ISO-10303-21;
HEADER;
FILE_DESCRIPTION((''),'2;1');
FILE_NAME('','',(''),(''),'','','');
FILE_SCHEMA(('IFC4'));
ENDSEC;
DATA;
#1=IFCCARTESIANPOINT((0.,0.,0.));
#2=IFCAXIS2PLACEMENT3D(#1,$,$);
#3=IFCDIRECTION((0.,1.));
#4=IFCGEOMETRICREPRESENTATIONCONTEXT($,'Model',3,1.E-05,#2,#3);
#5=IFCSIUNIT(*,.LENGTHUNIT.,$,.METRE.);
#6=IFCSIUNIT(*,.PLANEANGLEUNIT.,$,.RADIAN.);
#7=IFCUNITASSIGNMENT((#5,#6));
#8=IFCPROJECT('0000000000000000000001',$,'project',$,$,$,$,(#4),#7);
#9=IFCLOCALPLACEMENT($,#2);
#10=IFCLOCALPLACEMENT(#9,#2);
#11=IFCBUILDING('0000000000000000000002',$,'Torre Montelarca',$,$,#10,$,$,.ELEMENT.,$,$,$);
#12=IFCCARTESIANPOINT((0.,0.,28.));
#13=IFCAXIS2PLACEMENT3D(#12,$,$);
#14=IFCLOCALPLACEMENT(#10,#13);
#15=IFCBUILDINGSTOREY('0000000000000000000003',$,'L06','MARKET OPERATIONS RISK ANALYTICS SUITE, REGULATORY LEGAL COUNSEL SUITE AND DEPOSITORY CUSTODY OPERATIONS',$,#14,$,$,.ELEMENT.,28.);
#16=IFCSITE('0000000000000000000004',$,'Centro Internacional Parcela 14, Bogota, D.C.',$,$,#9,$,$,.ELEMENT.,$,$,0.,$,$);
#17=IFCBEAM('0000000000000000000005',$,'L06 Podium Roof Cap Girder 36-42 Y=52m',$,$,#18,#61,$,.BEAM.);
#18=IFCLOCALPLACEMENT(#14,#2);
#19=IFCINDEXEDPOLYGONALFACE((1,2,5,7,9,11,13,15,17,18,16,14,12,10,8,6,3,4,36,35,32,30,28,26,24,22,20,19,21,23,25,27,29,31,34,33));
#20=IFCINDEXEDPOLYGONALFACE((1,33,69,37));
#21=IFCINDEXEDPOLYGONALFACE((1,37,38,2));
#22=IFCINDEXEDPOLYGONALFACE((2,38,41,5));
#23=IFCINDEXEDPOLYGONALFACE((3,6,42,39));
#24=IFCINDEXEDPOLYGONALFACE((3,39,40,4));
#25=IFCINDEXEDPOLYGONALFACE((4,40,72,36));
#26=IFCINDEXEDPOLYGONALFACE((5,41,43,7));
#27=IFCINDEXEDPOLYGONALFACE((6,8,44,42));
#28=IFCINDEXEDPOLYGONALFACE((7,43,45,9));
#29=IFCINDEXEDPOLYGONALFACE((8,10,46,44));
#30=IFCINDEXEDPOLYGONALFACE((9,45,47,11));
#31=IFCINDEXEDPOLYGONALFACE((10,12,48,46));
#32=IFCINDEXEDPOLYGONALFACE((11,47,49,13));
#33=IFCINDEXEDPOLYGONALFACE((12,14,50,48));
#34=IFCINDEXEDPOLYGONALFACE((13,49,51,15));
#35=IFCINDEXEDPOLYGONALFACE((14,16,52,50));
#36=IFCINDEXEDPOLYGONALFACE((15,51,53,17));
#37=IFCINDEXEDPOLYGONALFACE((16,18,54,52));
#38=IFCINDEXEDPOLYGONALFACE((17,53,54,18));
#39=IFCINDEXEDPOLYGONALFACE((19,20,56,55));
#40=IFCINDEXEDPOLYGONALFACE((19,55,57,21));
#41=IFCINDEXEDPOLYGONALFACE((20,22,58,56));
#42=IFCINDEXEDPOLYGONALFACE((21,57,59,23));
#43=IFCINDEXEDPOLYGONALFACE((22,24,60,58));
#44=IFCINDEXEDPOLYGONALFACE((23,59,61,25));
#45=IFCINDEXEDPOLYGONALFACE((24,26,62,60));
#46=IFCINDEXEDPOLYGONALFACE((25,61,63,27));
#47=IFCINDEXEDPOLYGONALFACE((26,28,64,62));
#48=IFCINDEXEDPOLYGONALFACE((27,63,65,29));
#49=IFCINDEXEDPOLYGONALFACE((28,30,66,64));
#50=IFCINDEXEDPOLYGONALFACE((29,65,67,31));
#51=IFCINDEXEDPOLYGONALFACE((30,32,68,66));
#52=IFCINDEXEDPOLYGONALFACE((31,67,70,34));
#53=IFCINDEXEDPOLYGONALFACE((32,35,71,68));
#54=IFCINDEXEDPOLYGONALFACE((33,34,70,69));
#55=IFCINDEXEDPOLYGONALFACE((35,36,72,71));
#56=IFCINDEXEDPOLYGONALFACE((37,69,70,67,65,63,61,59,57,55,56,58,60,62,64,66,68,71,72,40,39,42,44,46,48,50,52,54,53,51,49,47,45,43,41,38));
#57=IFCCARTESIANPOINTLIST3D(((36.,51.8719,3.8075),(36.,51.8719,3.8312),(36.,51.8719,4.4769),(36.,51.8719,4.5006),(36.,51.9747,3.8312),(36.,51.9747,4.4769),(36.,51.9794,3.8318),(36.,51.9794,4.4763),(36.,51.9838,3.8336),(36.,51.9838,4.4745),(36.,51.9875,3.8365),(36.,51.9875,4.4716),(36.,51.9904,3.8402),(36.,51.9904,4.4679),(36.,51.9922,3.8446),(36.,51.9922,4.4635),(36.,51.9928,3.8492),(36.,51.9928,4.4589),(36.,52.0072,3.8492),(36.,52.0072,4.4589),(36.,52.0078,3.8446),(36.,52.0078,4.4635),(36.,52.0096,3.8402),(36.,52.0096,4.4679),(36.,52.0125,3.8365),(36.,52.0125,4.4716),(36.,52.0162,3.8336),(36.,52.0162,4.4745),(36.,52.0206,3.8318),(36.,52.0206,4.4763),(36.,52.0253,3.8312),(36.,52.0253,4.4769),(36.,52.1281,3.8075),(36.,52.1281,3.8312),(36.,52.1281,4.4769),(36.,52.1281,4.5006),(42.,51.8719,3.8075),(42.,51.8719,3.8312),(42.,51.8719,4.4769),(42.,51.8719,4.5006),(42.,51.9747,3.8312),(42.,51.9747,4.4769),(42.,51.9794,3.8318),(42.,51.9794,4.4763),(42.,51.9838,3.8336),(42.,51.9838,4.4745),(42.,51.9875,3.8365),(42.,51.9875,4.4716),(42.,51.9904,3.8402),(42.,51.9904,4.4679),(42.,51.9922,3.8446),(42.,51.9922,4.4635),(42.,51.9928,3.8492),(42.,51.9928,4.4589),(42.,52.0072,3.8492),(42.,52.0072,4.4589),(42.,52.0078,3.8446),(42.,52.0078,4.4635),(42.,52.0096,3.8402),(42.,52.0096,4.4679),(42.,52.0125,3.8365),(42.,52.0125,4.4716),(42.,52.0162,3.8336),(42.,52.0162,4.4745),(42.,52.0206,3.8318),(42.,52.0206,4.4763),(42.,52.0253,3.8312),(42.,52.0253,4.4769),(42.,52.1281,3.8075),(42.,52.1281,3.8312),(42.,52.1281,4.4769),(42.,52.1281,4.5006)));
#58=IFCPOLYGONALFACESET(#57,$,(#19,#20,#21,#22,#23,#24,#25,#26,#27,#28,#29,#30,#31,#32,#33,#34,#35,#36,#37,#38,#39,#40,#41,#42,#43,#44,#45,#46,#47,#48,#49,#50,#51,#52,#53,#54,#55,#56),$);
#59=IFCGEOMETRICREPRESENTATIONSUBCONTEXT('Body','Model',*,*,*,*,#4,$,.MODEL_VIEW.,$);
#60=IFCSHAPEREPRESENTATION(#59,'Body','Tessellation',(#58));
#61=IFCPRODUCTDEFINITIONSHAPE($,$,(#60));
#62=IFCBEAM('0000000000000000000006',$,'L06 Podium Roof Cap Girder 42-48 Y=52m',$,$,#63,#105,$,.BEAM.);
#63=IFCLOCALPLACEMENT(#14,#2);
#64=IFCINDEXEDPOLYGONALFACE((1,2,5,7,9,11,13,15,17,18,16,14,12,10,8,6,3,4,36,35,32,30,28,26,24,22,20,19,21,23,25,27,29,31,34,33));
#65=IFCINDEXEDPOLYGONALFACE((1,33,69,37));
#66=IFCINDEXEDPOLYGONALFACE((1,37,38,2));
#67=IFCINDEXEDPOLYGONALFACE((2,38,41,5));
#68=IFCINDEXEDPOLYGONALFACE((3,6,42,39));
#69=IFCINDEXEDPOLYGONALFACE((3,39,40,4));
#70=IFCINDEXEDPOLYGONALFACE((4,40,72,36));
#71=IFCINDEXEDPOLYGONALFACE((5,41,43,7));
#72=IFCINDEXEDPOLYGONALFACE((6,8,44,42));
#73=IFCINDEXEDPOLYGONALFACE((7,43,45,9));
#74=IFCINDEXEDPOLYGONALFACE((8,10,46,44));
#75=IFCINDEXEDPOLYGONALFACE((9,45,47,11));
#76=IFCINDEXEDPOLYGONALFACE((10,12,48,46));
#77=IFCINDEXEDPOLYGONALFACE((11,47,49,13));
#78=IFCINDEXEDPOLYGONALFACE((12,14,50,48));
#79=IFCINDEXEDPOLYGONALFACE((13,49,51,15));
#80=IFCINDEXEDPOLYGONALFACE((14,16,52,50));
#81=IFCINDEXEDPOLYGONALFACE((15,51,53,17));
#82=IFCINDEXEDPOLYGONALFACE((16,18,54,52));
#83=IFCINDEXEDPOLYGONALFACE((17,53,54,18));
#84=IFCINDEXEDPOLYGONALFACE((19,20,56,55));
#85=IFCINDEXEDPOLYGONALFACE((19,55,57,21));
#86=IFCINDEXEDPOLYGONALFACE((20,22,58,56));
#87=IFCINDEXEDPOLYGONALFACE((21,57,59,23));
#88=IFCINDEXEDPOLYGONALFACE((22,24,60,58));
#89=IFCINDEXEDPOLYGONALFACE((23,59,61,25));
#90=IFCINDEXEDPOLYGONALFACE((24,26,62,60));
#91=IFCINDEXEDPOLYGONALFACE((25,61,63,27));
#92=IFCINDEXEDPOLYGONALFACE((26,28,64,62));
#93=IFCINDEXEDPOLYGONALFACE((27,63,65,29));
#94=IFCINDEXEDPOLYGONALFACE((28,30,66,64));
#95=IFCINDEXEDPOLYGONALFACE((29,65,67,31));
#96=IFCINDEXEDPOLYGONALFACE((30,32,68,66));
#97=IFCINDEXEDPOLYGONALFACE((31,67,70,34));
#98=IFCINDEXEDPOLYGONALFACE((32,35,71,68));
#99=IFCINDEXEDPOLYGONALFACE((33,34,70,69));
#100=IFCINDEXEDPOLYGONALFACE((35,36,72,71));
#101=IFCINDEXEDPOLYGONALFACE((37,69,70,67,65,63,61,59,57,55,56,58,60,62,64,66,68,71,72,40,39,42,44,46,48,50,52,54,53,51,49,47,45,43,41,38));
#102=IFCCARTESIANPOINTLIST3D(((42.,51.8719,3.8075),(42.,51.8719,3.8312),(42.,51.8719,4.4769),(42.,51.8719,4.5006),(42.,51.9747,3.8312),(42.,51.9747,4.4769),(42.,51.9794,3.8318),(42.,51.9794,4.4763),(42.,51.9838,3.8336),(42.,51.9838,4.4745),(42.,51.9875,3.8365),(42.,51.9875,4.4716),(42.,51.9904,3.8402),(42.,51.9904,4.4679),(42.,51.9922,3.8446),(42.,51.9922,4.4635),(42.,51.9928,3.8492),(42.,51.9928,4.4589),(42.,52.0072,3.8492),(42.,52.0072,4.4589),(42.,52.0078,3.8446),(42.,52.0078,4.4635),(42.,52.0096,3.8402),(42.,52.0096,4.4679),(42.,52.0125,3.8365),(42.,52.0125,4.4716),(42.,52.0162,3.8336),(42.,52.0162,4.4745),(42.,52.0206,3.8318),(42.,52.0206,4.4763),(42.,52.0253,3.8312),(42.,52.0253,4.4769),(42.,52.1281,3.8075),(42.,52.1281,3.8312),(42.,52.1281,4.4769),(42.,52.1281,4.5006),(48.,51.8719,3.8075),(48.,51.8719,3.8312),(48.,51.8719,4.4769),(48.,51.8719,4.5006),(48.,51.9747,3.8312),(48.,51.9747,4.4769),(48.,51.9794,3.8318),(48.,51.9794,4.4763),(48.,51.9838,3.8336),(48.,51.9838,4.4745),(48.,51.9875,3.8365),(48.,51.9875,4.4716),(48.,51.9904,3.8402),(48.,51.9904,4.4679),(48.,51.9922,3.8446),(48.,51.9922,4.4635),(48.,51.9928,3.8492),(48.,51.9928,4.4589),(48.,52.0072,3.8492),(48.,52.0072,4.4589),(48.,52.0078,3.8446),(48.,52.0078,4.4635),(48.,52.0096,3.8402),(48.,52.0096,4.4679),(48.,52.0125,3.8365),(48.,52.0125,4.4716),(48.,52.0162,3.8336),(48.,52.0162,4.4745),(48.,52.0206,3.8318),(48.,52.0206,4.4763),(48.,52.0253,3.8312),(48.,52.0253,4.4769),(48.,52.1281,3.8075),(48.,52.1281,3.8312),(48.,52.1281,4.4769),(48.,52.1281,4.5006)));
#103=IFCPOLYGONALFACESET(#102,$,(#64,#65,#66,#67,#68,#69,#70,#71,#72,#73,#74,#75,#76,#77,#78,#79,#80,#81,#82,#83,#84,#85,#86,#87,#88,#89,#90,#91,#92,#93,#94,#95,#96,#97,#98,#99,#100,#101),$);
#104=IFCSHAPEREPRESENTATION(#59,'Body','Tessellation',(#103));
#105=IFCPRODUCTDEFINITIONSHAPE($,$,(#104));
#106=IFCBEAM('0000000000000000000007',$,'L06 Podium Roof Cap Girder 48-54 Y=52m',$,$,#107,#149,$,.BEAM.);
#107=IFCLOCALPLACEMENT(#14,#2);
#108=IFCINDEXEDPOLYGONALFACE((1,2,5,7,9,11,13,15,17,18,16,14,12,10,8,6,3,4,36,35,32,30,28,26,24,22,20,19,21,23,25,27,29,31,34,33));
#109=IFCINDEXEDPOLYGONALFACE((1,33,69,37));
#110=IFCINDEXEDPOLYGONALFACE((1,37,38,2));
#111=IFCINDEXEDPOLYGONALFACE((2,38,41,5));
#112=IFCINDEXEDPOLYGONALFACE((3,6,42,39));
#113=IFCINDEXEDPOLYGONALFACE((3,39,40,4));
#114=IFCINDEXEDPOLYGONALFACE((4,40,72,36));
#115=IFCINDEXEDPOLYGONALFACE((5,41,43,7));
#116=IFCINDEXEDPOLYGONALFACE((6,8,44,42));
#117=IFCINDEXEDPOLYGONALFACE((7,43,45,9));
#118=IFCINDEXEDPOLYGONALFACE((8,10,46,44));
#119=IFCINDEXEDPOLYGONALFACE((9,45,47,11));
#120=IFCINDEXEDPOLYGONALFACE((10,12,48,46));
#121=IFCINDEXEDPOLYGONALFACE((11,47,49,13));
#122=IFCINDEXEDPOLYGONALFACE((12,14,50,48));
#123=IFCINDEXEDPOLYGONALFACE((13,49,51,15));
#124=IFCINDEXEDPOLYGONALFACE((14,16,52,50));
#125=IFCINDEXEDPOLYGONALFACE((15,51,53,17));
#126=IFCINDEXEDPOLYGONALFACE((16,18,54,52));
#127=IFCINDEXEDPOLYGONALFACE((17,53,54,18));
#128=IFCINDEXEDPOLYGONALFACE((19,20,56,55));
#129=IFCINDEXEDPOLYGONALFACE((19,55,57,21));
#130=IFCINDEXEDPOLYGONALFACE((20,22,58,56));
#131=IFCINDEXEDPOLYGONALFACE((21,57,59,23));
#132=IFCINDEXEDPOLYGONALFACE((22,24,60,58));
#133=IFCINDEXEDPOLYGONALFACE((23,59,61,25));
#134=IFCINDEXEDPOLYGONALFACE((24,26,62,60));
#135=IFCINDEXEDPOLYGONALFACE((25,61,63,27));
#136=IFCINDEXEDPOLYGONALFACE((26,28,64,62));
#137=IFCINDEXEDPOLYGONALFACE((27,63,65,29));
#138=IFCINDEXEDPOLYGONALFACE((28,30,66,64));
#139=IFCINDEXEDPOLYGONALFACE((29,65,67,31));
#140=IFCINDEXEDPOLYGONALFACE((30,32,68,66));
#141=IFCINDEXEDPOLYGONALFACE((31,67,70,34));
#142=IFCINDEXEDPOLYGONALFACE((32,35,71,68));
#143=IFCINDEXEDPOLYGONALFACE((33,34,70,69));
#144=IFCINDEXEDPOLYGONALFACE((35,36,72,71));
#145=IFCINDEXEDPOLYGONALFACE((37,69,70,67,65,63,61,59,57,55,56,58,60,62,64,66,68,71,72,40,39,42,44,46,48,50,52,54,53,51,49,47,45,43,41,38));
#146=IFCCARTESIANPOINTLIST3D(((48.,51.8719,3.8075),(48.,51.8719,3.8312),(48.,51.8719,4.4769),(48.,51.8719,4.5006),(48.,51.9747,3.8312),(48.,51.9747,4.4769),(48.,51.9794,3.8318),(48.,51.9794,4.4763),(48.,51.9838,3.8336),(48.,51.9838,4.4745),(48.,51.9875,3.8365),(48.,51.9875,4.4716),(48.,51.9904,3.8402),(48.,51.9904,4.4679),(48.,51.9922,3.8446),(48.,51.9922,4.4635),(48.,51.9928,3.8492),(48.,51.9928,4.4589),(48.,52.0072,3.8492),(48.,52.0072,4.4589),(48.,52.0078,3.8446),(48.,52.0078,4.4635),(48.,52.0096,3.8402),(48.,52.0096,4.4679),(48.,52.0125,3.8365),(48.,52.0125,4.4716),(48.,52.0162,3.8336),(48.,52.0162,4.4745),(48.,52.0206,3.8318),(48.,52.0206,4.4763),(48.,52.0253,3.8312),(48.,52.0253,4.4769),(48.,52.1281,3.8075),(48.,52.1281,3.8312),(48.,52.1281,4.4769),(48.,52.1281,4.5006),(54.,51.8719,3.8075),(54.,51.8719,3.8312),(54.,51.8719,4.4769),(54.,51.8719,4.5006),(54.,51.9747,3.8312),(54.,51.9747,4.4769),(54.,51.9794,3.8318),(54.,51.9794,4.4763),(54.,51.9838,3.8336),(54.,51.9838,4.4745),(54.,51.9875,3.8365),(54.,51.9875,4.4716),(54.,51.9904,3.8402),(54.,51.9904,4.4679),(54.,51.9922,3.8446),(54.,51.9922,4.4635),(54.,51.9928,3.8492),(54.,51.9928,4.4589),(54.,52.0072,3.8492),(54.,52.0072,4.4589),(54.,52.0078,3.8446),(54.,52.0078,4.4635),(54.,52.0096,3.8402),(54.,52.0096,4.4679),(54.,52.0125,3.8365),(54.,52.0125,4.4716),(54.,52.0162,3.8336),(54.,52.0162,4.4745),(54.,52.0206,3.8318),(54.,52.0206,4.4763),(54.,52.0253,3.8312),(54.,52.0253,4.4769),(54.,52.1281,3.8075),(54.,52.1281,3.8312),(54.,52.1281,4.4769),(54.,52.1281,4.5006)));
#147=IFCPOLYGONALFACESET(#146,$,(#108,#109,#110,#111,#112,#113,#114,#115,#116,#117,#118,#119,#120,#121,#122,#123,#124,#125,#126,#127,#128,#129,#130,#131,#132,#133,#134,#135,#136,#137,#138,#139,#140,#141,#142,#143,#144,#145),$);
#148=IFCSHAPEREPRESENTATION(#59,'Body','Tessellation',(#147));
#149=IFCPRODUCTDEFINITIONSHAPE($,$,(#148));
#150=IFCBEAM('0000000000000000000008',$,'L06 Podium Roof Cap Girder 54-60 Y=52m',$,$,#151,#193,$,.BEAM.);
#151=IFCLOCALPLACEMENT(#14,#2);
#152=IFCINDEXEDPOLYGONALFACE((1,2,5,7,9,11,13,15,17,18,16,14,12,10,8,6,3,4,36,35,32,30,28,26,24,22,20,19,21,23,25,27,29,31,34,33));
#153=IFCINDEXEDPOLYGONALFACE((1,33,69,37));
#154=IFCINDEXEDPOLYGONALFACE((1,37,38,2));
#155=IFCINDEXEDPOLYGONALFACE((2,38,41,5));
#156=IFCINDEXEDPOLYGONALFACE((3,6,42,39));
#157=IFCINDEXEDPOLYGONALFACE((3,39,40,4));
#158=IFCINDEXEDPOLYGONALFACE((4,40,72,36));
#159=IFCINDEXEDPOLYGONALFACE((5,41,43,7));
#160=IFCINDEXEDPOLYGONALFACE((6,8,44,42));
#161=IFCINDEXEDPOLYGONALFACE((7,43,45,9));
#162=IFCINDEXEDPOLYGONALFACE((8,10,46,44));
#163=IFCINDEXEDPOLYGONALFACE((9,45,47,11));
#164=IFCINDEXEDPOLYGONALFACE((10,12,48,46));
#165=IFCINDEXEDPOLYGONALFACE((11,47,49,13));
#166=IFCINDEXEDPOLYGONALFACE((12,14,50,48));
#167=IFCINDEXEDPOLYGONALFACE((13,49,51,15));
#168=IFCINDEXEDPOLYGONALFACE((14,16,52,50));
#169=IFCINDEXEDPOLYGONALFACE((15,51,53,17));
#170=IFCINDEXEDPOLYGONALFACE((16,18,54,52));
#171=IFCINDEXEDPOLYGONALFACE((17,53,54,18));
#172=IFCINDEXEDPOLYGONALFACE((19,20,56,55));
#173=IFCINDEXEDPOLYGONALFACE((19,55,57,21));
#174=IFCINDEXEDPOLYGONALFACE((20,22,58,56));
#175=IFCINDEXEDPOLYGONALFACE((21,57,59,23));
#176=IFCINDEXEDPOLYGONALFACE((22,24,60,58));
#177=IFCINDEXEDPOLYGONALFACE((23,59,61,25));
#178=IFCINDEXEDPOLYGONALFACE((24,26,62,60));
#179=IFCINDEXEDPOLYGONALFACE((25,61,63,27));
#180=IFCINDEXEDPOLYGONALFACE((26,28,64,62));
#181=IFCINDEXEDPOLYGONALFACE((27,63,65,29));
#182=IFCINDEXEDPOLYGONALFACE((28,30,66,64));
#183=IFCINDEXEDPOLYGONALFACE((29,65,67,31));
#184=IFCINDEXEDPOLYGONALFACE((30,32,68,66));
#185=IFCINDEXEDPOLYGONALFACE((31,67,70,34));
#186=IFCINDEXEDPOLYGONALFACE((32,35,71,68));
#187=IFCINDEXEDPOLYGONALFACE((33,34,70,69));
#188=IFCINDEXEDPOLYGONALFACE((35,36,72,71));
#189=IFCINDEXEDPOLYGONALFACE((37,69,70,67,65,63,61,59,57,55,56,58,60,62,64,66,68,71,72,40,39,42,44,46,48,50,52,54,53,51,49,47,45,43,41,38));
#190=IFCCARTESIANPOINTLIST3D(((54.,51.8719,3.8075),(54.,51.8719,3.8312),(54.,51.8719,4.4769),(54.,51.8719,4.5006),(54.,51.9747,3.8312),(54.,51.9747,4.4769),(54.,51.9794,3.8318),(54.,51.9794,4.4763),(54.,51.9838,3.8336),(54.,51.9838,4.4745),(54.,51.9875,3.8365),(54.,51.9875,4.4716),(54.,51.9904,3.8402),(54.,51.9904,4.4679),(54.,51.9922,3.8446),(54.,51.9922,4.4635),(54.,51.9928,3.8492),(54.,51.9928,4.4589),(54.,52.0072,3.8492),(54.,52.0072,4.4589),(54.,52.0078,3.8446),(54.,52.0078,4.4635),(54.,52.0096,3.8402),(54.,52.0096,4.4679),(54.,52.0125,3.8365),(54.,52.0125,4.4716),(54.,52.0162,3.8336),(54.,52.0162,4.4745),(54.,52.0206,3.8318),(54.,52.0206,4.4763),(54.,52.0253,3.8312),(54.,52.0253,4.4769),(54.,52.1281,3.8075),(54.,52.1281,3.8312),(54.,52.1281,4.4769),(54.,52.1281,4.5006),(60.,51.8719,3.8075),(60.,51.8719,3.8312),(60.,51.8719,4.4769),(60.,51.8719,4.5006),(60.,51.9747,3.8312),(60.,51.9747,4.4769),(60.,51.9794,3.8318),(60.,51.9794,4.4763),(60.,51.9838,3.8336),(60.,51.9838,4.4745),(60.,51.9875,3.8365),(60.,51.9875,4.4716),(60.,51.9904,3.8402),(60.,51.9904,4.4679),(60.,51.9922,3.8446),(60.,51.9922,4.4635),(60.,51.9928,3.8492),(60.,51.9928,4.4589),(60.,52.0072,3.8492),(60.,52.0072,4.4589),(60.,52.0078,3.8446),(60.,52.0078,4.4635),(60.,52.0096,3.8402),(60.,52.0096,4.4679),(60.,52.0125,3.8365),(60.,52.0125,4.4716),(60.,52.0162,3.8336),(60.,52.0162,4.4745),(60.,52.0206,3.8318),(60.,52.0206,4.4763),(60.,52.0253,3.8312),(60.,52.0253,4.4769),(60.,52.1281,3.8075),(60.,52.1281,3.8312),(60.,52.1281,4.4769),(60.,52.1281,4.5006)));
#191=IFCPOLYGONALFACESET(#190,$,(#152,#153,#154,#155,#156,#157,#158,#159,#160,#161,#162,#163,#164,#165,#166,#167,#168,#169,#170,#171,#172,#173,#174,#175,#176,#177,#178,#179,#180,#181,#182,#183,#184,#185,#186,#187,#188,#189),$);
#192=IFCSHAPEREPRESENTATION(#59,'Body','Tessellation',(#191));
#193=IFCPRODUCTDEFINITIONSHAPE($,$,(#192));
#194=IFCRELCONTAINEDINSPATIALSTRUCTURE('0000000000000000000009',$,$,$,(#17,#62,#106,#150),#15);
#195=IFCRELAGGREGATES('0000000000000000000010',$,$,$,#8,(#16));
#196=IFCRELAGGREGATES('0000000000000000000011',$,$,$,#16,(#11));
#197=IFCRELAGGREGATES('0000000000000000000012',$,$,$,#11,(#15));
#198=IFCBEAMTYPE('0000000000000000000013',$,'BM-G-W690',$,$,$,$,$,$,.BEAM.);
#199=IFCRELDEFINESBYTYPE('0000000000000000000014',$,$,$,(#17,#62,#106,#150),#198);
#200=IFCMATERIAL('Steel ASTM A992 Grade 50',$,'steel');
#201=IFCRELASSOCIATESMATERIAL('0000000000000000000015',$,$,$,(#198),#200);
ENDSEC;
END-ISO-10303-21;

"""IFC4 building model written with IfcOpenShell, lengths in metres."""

from ifc_helpers import new_model, si_unit, direction, frame, origin, origin_2d, place, context, subcontext, project, spatial, i_section, extrude, source, transform, mapped, material, material_profile, profile_set, type_object, element, save


model = new_model("IFC4")

# Units and contexts
model_context = context("Model", 3, precision=1e-05, world=origin(), true_north=direction((0.0, 1.0)))
body_context = subcontext(model_context, "Body", "Model", "MODEL_VIEW")
ifc_project = project(units=[si_unit("LENGTHUNIT", "METRE"), si_unit("PLANEANGLEUNIT", "RADIAN")], contexts=[model_context])

# Site, building, storey
site_placement = place(None, origin())
site = spatial("IfcSite", under=ifc_project, at=site_placement, Name="Centro Internacional Parcela 14, Bogota, D.C.", CompositionType="ELEMENT", RefElevation=0.0)
building_placement = place(site_placement, origin())
building = spatial("IfcBuilding", under=site, at=building_placement, Name="Torre Montelarca", CompositionType="ELEMENT")
storey_placement = place(building_placement, frame((0.0, 0.0, 28.0)))
storey = spatial("IfcBuildingStorey", under=building, at=storey_placement, Name="L06", Description="MARKET OPERATIONS RISK ANALYTICS SUITE, REGULATORY LEGAL COUNSEL SUITE AND DEPOSITORY CUSTODY OPERATIONS", CompositionType="ELEMENT", Elevation=28.0)

# Shared definitions
ifc_material_1 = material(Name="Steel ASTM A992 Grade 50", Category="steel")

# Beams
ifc_material_profile_1 = material_profile(ifc_material_1, i_section(OverallWidth=0.2561, OverallDepth=0.6931, WebThickness=0.0144, FlangeThickness=0.0237, FilletRadius=0.0181, at=origin_2d()), Name="W690X170", Category="steel")
ifc_profile_set_1 = profile_set([ifc_material_profile_1], Name="Steel ASTM A992 Grade 50")
beam_type_1 = type_object("IfcBeamType", Name="BM-G-W690", PredefinedType="BEAM", material=ifc_profile_set_1)
shared_shape_1 = source(origin(), body_context, "Body", "SweptSolid", [
    extrude(i_section(OverallWidth=0.2561, OverallDepth=0.6931, WebThickness=0.0144, FlangeThickness=0.0237, FilletRadius=0.0181, at=origin_2d()), origin(), (0.0, 0.0, 1.0), 6.0),
])
for number, where, z_axis, x_axis, name in (
    (1, (36.0, 52.0, 4.1541), (1.0, 0.0, 0.0), (0.0, 1.0, 0.0), "L06 Podium Roof Cap Girder 36-42 Y=52m"),
    (2, (42.0, 52.0, 4.1541), (1.0, 0.0, 0.0), (0.0, 1.0, 0.0), "L06 Podium Roof Cap Girder 42-48 Y=52m"),
    (3, (48.0, 52.0, 4.1541), (1.0, 0.0, 0.0), (0.0, 1.0, 0.0), "L06 Podium Roof Cap Girder 48-54 Y=52m"),
    (4, (54.0, 52.0, 4.1541), (1.0, 0.0, 0.0), (0.0, 1.0, 0.0), "L06 Podium Roof Cap Girder 54-60 Y=52m"),
):
    element("IfcBeam", number, at=place(storey_placement, frame(where, z_axis=z_axis, x_axis=x_axis)), inside=storey, type_object=beam_type_1, Name=name, PredefinedType="BEAM", context=body_context, shape_type="MappedRepresentation", body=[
        mapped(shared_shape_1, transform((0.0, 0.0, 0.0), scale=1.0)),
    ])

save(model, "model.ifc")
